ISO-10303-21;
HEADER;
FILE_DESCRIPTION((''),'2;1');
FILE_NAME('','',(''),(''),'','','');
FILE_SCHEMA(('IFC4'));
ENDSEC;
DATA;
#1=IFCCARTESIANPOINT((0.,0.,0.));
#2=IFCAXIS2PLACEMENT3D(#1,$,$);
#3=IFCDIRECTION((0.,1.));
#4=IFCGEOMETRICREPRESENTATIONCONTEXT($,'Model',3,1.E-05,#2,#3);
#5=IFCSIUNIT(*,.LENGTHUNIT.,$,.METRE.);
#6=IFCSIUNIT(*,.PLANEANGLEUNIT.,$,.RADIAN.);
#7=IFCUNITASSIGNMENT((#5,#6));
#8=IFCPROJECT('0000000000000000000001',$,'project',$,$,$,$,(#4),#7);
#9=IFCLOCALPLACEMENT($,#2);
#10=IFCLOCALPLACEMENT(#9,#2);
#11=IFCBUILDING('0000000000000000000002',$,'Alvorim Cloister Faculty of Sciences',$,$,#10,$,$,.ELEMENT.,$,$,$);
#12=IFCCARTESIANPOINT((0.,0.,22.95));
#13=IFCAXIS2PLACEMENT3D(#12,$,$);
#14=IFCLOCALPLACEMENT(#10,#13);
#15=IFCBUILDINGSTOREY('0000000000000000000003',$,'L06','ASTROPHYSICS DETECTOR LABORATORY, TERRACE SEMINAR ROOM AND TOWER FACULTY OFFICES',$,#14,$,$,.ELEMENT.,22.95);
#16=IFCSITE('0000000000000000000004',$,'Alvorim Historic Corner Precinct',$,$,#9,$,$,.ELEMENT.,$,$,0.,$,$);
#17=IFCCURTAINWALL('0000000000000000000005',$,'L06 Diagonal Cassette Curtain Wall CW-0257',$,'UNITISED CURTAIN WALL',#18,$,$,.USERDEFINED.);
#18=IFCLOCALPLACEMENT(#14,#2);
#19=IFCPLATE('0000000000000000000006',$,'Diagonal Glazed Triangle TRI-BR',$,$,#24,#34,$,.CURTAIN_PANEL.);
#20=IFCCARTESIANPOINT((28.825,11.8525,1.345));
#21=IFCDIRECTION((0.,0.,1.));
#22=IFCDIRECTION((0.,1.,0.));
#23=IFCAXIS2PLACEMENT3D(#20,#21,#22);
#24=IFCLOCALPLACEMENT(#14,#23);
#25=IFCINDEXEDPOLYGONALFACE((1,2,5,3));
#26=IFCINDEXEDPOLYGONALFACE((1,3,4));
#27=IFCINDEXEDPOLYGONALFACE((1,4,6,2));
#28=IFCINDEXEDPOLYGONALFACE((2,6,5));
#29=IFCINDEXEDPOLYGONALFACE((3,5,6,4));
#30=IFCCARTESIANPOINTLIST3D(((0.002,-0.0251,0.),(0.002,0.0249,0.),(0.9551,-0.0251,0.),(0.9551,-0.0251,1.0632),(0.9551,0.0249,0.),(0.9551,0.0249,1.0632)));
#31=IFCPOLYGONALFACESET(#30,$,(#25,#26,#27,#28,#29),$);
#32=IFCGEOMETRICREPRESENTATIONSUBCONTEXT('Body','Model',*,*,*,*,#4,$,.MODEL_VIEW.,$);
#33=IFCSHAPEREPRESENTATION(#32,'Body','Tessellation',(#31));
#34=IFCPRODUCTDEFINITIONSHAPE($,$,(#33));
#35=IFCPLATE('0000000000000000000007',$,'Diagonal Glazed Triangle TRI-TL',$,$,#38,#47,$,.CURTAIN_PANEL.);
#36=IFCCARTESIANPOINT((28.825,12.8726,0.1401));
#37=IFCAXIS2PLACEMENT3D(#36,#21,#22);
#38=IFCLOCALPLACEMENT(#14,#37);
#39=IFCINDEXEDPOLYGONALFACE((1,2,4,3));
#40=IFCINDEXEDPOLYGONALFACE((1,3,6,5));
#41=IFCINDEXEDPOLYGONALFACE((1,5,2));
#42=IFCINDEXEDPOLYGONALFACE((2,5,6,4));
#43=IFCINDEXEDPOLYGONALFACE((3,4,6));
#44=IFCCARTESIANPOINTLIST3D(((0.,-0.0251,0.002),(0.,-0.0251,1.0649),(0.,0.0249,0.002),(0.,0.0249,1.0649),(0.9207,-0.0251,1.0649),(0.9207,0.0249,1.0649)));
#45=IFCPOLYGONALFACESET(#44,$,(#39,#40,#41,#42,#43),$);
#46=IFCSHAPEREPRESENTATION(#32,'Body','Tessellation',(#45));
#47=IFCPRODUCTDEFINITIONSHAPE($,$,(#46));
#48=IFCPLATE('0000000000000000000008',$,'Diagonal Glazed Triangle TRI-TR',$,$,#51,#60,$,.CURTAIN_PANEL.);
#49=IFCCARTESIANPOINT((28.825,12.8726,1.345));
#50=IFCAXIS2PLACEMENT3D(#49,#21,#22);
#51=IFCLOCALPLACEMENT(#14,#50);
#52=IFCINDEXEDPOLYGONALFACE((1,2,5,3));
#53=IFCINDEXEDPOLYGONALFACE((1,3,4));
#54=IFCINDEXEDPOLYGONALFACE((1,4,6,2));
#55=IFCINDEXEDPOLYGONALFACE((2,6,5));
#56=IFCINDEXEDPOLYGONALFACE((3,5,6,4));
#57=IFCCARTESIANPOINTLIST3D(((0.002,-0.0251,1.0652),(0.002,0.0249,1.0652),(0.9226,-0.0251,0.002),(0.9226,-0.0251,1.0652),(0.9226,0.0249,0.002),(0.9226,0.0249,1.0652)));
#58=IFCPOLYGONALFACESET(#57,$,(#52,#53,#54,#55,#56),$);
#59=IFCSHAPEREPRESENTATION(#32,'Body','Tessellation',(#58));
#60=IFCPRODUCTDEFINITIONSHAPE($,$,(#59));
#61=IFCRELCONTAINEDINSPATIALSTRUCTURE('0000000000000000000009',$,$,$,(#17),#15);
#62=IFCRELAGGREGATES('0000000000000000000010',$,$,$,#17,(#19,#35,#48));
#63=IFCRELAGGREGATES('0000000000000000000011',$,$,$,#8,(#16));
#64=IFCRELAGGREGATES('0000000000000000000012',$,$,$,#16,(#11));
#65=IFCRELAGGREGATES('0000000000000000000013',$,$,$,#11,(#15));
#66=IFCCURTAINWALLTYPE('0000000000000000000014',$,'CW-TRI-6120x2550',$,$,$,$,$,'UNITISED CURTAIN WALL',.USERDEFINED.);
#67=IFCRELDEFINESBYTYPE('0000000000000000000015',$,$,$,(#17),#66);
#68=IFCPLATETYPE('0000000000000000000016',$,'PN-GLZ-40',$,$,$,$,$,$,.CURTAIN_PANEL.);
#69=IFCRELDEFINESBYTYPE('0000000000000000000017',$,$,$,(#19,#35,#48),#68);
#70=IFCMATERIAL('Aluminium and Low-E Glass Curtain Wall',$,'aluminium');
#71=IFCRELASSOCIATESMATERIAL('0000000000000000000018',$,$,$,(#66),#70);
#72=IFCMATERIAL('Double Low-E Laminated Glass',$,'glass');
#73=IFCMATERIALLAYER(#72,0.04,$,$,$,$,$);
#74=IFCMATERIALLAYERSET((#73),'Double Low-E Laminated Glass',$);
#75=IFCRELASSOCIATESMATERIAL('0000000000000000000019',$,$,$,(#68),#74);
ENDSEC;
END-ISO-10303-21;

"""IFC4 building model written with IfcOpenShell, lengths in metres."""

from ifc_helpers import new_model, si_unit, direction, frame, origin, place, context, subcontext, project, spatial, polyline, outline, extrude, material, layer, layer_set, type_object, element, aggregate, save


model = new_model("IFC4")

# Units and contexts
model_context = context("Model", 3, precision=1e-05, world=origin(), true_north=direction((0.0, 1.0)))
body_context = subcontext(model_context, "Body", "Model", "MODEL_VIEW")
ifc_project = project(units=[si_unit("LENGTHUNIT", "METRE"), si_unit("PLANEANGLEUNIT", "RADIAN")], contexts=[model_context])

# Site, building, storey
site_placement = place(None, origin())
site = spatial("IfcSite", under=ifc_project, at=site_placement, Name="Alvorim Historic Corner Precinct", CompositionType="ELEMENT", RefElevation=0.0)
building_placement = place(site_placement, origin())
building = spatial("IfcBuilding", under=site, at=building_placement, Name="Alvorim Cloister Faculty of Sciences", CompositionType="ELEMENT")
storey_placement = place(building_placement, frame((0.0, 0.0, 22.95)))
storey = spatial("IfcBuildingStorey", under=building, at=storey_placement, Name="L06", Description="ASTROPHYSICS DETECTOR LABORATORY, TERRACE SEMINAR ROOM AND TOWER FACULTY OFFICES", CompositionType="ELEMENT", Elevation=22.95)

# Shared definitions
ifc_material_1 = material(Name="Aluminium and Low-E Glass Curtain Wall", Category="aluminium")
curtain_wall_type = type_object("IfcCurtainWallType", Name="CW-TRI-6120x2550", ElementType="UNITISED CURTAIN WALL", PredefinedType="USERDEFINED", material=ifc_material_1)

# Curtain wall, plates
curtain_wall_1_placement = place(storey_placement, origin())
curtain_wall_1 = element("IfcCurtainWall", 1, at=curtain_wall_1_placement, inside=storey, type_object=curtain_wall_type, Name="L06 Diagonal Cassette Curtain Wall CW-0257", ObjectType="UNITISED CURTAIN WALL", PredefinedType="USERDEFINED")
ifc_material_2 = material(Name="Double Low-E Laminated Glass", Category="glass")
ifc_layer_1 = layer(ifc_material_2, 0.04)
ifc_layer_set_1 = layer_set([ifc_layer_1], Name="Double Low-E Laminated Glass")
plate_type = type_object("IfcPlateType", Name="PN-GLZ-40", PredefinedType="CURTAIN_PANEL", material=ifc_layer_set_1)
plate_1_placement = place(storey_placement, frame((28.825, 11.8525, 1.345), z_axis=(0.0, 0.0, 1.0), x_axis=(0.0, 1.0, 0.0)))
plate_1 = element("IfcPlate", 2, at=plate_1_placement, type_object=plate_type, Name="Diagonal Glazed Triangle TRI-BR", PredefinedType="CURTAIN_PANEL", context=body_context, shape_type="SweptSolid", body=[
    extrude(outline(polyline([(0.002, 0.0), (0.9551, 0.0), (0.9551, 1.0632), (0.002, 0.0)])), frame((0.0, 0.0249, 0.0), z_axis=(0.0, -1.0, 0.0), x_axis=(1.0, 0.0, 0.0)), (0.0, 0.0, 1.0), 0.05),
])
plate_2_placement = place(storey_placement, frame((28.825, 12.8726, 0.1401), z_axis=(0.0, 0.0, 1.0), x_axis=(0.0, 1.0, 0.0)))
plate_2 = element("IfcPlate", 3, at=plate_2_placement, type_object=plate_type, Name="Diagonal Glazed Triangle TRI-TL", PredefinedType="CURTAIN_PANEL", context=body_context, shape_type="SweptSolid", body=[
    extrude(outline(polyline([(0.9207, 1.0649), (0.0, 1.0649), (0.0, 0.002), (0.9207, 1.0649)])), frame((0.0, 0.0249, 0.0), z_axis=(0.0, -1.0, 0.0), x_axis=(1.0, 0.0, 0.0)), (0.0, 0.0, 1.0), 0.05),
])
plate_3_placement = place(storey_placement, frame((28.825, 12.8726, 1.345), z_axis=(0.0, 0.0, 1.0), x_axis=(0.0, 1.0, 0.0)))
plate_3 = element("IfcPlate", 4, at=plate_3_placement, type_object=plate_type, Name="Diagonal Glazed Triangle TRI-TR", PredefinedType="CURTAIN_PANEL", context=body_context, shape_type="SweptSolid", body=[
    extrude(outline(polyline([(0.9226, 0.002), (0.9226, 1.0652), (0.002, 1.0652), (0.9226, 0.002)])), frame((0.0, 0.0249, 0.0), z_axis=(0.0, -1.0, 0.0), x_axis=(1.0, 0.0, 0.0)), (0.0, 0.0, 1.0), 0.05),
])
aggregate(curtain_wall_1, [plate_1, plate_2, plate_3])

save(model, "model.ifc")
